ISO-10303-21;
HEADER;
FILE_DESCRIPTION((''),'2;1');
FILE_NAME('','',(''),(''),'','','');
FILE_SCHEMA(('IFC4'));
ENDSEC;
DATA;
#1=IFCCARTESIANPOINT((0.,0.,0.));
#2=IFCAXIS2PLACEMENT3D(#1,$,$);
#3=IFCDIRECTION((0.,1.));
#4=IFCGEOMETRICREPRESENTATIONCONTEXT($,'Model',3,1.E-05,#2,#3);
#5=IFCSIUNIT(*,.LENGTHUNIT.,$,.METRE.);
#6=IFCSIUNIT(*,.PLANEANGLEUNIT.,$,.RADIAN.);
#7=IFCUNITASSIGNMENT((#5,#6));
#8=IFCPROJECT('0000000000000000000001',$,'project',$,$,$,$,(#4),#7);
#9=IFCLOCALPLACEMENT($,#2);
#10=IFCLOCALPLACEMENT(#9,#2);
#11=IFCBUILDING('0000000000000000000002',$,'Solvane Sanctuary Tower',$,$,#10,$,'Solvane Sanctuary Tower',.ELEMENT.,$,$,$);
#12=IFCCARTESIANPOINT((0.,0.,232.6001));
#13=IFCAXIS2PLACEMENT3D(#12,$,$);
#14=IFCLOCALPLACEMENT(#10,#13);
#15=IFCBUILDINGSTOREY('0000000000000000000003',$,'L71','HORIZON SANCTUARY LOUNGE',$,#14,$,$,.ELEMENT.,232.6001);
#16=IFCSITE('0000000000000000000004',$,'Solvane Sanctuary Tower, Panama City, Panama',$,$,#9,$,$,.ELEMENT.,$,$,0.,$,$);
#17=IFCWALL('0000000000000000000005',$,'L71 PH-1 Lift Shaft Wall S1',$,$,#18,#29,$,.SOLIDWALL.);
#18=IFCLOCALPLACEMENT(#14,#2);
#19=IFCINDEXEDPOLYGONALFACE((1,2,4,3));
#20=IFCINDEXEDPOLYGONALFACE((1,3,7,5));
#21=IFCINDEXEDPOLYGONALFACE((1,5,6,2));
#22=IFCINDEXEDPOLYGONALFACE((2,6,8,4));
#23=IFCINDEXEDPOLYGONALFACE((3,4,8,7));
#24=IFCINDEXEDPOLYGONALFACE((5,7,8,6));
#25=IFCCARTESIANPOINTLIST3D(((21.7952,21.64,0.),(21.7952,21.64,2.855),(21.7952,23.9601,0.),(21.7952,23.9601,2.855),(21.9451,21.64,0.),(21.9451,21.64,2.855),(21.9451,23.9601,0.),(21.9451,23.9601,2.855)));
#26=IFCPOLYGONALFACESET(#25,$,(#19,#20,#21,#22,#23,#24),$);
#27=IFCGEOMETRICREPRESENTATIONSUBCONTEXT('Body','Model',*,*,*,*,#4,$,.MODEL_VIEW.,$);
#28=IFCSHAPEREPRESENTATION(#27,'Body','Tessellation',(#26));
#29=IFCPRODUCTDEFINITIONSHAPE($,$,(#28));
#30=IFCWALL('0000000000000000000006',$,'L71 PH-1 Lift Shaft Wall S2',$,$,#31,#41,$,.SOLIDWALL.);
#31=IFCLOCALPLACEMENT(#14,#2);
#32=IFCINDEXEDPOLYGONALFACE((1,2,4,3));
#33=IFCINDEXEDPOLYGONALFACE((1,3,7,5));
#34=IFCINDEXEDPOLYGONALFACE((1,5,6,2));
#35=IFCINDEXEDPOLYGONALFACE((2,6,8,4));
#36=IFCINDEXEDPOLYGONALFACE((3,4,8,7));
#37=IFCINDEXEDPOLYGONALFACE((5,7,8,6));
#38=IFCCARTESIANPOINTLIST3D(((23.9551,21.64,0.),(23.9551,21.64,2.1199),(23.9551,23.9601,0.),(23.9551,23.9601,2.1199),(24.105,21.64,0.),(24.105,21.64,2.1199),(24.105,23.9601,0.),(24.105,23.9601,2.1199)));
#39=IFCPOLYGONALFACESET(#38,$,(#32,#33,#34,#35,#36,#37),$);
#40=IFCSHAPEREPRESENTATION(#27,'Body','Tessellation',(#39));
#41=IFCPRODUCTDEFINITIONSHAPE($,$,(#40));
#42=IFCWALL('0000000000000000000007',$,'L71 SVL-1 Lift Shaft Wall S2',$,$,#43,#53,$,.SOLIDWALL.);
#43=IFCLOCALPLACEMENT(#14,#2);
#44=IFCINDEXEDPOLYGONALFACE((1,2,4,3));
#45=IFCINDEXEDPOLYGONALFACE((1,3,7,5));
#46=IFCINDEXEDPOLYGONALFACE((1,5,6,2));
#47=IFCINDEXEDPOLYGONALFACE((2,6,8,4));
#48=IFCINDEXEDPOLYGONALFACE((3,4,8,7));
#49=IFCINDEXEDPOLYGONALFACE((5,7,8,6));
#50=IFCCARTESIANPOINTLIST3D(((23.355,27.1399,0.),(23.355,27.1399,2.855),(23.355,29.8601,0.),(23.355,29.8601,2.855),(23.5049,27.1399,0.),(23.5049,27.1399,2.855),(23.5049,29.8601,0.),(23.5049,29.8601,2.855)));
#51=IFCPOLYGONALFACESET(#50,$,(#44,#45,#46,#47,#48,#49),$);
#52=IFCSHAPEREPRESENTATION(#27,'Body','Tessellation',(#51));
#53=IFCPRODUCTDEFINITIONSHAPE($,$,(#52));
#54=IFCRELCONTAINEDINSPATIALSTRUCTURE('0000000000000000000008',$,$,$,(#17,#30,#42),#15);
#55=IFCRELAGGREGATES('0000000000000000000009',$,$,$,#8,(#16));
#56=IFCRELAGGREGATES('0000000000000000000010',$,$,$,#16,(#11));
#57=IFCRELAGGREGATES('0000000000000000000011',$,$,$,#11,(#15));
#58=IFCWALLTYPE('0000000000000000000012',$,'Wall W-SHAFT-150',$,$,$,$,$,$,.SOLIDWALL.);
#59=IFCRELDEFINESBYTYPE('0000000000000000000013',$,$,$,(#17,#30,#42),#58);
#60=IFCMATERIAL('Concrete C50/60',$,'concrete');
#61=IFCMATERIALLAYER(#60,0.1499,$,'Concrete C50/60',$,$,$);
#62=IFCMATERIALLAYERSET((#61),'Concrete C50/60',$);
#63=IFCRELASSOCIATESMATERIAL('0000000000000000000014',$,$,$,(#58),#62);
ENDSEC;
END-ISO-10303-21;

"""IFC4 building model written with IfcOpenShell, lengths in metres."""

from ifc_helpers import new_model, si_unit, direction, frame, frame_2d, origin, place, context, subcontext, project, spatial, rectangle, extrude, material, layer, layer_set, type_object, element, save


model = new_model("IFC4")

# Units and contexts
model_context = context("Model", 3, precision=1e-05, world=origin(), true_north=direction((0.0, 1.0)))
body_context = subcontext(model_context, "Body", "Model", "MODEL_VIEW")
ifc_project = project(units=[si_unit("LENGTHUNIT", "METRE"), si_unit("PLANEANGLEUNIT", "RADIAN")], contexts=[model_context])

# Site, building, storey
site_placement = place(None, origin())
site = spatial("IfcSite", under=ifc_project, at=site_placement, Name="Solvane Sanctuary Tower, Panama City, Panama", CompositionType="ELEMENT", RefElevation=0.0)
building_placement = place(site_placement, origin())
building = spatial("IfcBuilding", under=site, at=building_placement, Name="Solvane Sanctuary Tower", LongName="Solvane Sanctuary Tower", CompositionType="ELEMENT")
storey_placement = place(building_placement, frame((0.0, 0.0, 232.6001)))
storey = spatial("IfcBuildingStorey", under=building, at=storey_placement, Name="L71", Description="HORIZON SANCTUARY LOUNGE", CompositionType="ELEMENT", Elevation=232.6001)

# Shared definitions
ifc_material_1 = material(Name="Concrete C50/60", Category="concrete")

# Shared definitions
ifc_layer_1 = layer(ifc_material_1, 0.1499, Name="Concrete C50/60")
ifc_layer_set_1 = layer_set([ifc_layer_1], Name="Concrete C50/60")
wall_type_1 = type_object("IfcWallType", Name="Wall W-SHAFT-150", PredefinedType="SOLIDWALL", material=ifc_layer_set_1)

# Walls
wall_1_placement = place(storey_placement, frame((21.8701, 21.6399, 0.0), z_axis=(0.0, 0.0, 1.0), x_axis=(0.0, 1.0, 0.0)))
element("IfcWall", 1, at=wall_1_placement, inside=storey, type_object=wall_type_1, Name="L71 PH-1 Lift Shaft Wall S1", PredefinedType="SOLIDWALL", context=body_context, shape_type="SweptSolid", body=[
    extrude(rectangle(XDim=2.3201, YDim=0.1499, at=frame_2d((1.1602, 0.0))), origin(), (0.0, 0.0, 1.0), 2.855),
])
wall_2_placement = place(storey_placement, frame((24.03, 21.6399, 0.0), z_axis=(0.0, 0.0, 1.0), x_axis=(0.0, 1.0, 0.0)))
element("IfcWall", 2, at=wall_2_placement, inside=storey, type_object=wall_type_1, Name="L71 PH-1 Lift Shaft Wall S2", PredefinedType="SOLIDWALL", context=body_context, shape_type="SweptSolid", body=[
    extrude(rectangle(XDim=2.3201, YDim=0.1499, at=frame_2d((1.1602, 0.0))), origin(), (0.0, 0.0, 1.0), 2.1199),
])
wall_3_placement = place(storey_placement, frame((23.4299, 27.1399, 0.0), z_axis=(0.0, 0.0, 1.0), x_axis=(0.0, 1.0, 0.0)))
element("IfcWall", 3, at=wall_3_placement, inside=storey, type_object=wall_type_1, Name="L71 SVL-1 Lift Shaft Wall S2", PredefinedType="SOLIDWALL", context=body_context, shape_type="SweptSolid", body=[
    extrude(rectangle(XDim=2.7202, YDim=0.1499, at=frame_2d((1.3601, 0.0))), origin(), (0.0, 0.0, 1.0), 2.855),
])

save(model, "model.ifc")
